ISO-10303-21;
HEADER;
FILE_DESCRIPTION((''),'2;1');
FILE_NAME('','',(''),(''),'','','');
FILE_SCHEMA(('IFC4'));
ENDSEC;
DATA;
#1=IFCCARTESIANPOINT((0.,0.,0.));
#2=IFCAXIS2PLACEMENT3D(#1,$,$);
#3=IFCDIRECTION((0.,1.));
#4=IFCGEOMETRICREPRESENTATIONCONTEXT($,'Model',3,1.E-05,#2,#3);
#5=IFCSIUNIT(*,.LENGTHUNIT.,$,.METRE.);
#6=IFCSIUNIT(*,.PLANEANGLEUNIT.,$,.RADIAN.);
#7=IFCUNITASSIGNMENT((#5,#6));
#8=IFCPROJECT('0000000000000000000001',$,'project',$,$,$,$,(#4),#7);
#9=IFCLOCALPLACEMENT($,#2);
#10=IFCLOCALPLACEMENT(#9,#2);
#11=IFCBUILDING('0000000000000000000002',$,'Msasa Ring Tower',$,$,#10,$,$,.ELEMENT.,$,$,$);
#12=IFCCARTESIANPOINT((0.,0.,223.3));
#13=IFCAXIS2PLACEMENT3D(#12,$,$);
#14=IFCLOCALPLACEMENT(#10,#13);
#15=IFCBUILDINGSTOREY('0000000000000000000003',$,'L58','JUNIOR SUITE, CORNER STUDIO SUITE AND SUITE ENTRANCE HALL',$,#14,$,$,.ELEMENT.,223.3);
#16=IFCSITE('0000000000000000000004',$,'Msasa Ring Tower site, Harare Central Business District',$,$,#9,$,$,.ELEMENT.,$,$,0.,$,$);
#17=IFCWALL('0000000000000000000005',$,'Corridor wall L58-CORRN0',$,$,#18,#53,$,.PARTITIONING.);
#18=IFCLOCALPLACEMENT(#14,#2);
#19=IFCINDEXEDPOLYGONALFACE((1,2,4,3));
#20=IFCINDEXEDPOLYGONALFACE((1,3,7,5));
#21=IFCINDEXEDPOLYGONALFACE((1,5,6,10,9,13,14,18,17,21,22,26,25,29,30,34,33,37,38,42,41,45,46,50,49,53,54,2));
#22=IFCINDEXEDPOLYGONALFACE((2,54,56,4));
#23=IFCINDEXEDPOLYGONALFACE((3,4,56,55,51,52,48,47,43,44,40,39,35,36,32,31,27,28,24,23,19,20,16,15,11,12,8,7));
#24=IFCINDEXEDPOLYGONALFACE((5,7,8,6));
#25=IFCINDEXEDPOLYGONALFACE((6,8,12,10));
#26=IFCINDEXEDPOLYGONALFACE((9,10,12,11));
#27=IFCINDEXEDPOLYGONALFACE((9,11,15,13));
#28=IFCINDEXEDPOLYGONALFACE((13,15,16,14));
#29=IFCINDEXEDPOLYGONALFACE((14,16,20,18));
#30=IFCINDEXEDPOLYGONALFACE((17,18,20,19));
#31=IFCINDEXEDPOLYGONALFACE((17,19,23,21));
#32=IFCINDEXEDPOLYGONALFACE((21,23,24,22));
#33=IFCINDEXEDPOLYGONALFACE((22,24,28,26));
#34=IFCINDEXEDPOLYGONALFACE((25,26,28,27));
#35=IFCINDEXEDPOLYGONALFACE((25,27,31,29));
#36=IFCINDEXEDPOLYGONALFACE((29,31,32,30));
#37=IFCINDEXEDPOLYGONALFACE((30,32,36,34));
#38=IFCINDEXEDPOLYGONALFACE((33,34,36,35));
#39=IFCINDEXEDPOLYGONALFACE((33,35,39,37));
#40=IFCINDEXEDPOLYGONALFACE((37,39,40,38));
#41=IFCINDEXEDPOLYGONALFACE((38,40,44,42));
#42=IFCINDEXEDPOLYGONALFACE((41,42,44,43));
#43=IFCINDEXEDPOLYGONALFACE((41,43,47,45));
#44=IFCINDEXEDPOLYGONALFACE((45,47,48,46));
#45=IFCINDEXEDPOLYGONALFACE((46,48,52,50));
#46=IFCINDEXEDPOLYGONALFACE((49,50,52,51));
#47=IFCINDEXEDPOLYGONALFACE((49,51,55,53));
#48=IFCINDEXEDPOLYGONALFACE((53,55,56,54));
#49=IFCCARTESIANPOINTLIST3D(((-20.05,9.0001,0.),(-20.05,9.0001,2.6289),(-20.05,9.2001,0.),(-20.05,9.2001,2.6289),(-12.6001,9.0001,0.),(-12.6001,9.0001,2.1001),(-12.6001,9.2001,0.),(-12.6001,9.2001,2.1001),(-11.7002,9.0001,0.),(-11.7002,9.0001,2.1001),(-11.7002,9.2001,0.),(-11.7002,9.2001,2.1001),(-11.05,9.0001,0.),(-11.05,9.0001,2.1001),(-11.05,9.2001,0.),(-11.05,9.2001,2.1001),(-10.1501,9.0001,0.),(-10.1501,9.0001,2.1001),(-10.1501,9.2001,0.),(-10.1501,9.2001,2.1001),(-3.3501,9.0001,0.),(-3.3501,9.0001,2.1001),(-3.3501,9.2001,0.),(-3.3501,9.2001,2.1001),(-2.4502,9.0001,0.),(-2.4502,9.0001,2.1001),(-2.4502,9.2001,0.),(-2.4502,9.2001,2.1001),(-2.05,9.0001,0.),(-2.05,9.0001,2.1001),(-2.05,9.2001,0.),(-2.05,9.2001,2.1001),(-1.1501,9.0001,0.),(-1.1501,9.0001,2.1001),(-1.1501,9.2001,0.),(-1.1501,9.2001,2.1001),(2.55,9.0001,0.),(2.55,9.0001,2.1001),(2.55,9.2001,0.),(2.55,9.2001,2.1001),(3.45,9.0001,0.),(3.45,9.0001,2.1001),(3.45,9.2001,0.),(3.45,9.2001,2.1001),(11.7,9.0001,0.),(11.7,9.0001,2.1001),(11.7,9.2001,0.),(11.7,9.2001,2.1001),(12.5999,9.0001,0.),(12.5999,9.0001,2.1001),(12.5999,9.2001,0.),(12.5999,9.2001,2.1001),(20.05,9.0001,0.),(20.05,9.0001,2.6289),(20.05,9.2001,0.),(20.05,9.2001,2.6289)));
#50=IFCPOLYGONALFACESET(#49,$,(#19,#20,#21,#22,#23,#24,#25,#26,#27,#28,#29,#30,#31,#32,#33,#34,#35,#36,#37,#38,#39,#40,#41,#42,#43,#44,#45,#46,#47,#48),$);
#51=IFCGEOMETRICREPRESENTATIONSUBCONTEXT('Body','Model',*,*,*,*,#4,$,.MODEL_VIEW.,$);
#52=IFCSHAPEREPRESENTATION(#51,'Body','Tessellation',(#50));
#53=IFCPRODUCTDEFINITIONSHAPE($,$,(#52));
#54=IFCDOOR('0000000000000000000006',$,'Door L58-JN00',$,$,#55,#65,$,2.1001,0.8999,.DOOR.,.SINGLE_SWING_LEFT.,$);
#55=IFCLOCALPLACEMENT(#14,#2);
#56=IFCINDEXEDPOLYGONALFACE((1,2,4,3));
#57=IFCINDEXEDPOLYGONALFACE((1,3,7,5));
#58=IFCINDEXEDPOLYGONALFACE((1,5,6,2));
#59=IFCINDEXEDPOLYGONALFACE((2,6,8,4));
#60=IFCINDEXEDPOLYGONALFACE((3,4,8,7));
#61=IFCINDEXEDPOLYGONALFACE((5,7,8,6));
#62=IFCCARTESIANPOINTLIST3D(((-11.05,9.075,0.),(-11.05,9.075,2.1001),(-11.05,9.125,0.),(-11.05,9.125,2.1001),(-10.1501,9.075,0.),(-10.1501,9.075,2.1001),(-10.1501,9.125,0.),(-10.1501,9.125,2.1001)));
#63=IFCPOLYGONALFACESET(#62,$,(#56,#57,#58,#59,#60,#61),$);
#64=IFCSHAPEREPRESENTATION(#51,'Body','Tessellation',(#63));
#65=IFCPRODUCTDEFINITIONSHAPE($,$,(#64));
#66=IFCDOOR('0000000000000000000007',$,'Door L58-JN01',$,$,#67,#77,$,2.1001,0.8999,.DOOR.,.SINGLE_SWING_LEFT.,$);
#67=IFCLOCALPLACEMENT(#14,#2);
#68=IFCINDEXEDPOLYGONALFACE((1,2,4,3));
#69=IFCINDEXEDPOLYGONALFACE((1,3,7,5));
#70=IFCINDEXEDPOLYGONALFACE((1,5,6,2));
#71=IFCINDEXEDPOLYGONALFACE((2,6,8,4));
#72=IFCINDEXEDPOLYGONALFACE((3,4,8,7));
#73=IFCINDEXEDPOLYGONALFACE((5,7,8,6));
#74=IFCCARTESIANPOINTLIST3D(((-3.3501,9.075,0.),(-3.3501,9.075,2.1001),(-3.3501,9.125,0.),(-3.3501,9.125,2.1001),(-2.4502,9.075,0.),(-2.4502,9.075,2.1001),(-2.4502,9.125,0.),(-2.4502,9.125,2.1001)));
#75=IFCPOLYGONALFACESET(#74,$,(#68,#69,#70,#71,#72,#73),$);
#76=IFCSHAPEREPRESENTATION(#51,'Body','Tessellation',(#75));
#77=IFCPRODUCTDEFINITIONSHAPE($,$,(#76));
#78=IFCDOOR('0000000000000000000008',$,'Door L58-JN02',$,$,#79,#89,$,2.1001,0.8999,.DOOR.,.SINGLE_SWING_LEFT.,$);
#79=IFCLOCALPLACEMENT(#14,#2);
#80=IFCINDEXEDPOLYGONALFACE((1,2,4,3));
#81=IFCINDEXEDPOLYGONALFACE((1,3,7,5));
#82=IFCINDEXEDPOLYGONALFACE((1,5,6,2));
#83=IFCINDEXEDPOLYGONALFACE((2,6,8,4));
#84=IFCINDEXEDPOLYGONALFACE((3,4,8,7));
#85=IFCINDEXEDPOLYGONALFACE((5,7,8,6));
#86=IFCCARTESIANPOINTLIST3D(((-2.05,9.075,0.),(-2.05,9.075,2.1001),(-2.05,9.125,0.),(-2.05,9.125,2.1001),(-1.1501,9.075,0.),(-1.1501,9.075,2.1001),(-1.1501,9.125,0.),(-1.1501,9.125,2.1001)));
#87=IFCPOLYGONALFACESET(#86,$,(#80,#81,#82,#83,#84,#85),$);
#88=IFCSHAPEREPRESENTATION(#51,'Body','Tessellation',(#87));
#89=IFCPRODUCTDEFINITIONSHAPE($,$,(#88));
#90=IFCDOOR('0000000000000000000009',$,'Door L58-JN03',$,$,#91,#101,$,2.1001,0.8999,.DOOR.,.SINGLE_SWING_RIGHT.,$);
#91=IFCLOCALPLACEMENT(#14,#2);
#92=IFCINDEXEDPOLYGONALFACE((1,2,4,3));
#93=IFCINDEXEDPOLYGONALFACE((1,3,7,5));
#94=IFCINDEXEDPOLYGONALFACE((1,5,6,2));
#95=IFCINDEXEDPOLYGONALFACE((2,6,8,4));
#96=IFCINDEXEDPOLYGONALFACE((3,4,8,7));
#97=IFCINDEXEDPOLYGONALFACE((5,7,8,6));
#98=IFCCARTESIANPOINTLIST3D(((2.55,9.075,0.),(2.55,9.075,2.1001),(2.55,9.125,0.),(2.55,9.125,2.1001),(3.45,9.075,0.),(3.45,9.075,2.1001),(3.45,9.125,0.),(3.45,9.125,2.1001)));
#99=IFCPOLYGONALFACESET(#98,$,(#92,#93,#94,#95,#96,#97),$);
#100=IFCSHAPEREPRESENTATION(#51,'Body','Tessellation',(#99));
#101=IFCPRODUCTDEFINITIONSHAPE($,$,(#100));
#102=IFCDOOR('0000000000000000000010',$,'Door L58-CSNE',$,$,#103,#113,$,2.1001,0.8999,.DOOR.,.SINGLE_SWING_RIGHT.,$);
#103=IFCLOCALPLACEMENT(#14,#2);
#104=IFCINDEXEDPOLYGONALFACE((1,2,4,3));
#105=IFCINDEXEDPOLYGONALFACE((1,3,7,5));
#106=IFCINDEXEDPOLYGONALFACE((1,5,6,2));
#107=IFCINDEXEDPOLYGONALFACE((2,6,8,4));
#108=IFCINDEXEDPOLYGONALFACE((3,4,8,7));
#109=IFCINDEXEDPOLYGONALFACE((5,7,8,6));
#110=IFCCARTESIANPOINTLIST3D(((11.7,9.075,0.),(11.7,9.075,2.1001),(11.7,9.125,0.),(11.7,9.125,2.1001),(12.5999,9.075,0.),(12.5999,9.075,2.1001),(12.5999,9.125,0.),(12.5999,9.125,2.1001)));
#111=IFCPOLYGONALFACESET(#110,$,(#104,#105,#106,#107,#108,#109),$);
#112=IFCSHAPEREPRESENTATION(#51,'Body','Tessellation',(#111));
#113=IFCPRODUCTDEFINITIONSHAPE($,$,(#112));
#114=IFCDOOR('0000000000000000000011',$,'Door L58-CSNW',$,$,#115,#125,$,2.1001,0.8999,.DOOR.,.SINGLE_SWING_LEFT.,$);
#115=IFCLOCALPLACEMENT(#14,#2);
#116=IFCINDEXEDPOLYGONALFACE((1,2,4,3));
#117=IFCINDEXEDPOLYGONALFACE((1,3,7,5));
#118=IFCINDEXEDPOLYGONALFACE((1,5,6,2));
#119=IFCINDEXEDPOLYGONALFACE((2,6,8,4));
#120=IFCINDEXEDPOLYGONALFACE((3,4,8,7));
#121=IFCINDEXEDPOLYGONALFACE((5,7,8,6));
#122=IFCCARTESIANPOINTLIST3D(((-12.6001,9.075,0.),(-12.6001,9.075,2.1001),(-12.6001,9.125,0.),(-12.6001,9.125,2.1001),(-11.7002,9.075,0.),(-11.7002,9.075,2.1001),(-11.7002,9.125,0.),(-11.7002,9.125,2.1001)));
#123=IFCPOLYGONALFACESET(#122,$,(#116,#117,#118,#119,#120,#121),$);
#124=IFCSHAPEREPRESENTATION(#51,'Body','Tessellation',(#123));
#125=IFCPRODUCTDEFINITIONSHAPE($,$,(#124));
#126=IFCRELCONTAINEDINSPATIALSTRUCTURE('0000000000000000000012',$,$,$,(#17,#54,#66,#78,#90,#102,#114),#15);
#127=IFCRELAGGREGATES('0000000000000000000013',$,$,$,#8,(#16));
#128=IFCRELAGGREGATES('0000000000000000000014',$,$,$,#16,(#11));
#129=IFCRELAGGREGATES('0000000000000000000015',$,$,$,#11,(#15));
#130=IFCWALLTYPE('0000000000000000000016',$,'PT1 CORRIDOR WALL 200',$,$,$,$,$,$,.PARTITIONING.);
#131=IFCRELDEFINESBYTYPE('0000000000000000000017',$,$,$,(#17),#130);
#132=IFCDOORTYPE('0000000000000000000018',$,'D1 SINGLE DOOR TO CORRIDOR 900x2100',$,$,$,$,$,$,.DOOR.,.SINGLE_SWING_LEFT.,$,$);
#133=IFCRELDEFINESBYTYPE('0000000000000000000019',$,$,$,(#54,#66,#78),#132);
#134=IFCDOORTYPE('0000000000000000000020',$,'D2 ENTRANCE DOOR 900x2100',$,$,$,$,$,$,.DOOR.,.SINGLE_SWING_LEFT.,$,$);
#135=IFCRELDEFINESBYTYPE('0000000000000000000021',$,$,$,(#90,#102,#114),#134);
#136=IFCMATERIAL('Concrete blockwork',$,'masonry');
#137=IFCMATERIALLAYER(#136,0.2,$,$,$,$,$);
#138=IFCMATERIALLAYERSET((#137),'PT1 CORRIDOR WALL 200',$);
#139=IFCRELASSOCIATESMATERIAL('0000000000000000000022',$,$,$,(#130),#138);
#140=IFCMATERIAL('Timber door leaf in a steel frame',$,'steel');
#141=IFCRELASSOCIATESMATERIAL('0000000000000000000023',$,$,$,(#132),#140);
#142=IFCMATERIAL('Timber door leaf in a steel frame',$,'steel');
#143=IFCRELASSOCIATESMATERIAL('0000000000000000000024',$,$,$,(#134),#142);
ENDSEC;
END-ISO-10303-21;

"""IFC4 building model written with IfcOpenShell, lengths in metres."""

from ifc_helpers import new_model, si_unit, direction, frame, frame_2d, origin, place, context, subcontext, project, spatial, rectangle, extrude, material, layer, layer_set, type_object, element, fill, save


model = new_model("IFC4")

# Units and contexts
model_context = context("Model", 3, precision=1e-05, world=origin(), true_north=direction((0.0, 1.0)))
body_context = subcontext(model_context, "Body", "Model", "MODEL_VIEW")
ifc_project = project(units=[si_unit("LENGTHUNIT", "METRE"), si_unit("PLANEANGLEUNIT", "RADIAN")], contexts=[model_context])

# Site, building, storey
site_placement = place(None, origin())
site = spatial("IfcSite", under=ifc_project, at=site_placement, Name="Msasa Ring Tower site, Harare Central Business District", CompositionType="ELEMENT", RefElevation=0.0)
building_placement = place(site_placement, origin())
building = spatial("IfcBuilding", under=site, at=building_placement, Name="Msasa Ring Tower", CompositionType="ELEMENT")
storey_placement = place(building_placement, frame((0.0, 0.0, 223.3)))
storey = spatial("IfcBuildingStorey", under=building, at=storey_placement, Name="L58", Description="JUNIOR SUITE, CORNER STUDIO SUITE AND SUITE ENTRANCE HALL", CompositionType="ELEMENT", Elevation=223.3)

# Wall, openings, doors
ifc_material_1 = material(Name="Concrete blockwork", Category="masonry")
ifc_layer_1 = layer(ifc_material_1, 0.2)
ifc_layer_set_1 = layer_set([ifc_layer_1], Name="PT1 CORRIDOR WALL 200")
wall_type_1 = type_object("IfcWallType", Name="PT1 CORRIDOR WALL 200", PredefinedType="PARTITIONING", material=ifc_layer_set_1)
wall_1_placement = place(storey_placement, frame((-20.05, 9.1001, 0.0), z_axis=(0.0, 0.0, 1.0), x_axis=(1.0, 0.0, 0.0)))
wall_1 = element("IfcWall", 1, at=wall_1_placement, inside=storey, type_object=wall_type_1, Name="Corridor wall L58-CORRN0", PredefinedType="PARTITIONING", context=body_context, shape_type="SweptSolid", body=[
    extrude(rectangle(XDim=40.1001, YDim=0.2, at=frame_2d((20.05, 0.0))), origin(), (0.0, 0.0, 1.0), 2.6289),
])
opening_1_placement = place(wall_1_placement, frame((9.0, 0.0, 0.0)))
opening_1 = element("IfcOpeningElement", 2, at=opening_1_placement, cuts=wall_1, PredefinedType="OPENING", context=body_context, shape_type="SweptSolid", body=[
    extrude(rectangle(XDim=0.8999, YDim=2.1001, at=frame_2d((0.45, 1.05))), frame((0.0, 0.1099, 0.0), z_axis=(0.0, -1.0, 0.0), x_axis=(1.0, 0.0, 0.0)), (0.0, 0.0, 1.0), 0.22),
])
opening_2_placement = place(wall_1_placement, frame((16.7, 0.0, 0.0)))
opening_2 = element("IfcOpeningElement", 3, at=opening_2_placement, cuts=wall_1, PredefinedType="OPENING", context=body_context, shape_type="SweptSolid", body=[
    extrude(rectangle(XDim=0.8999, YDim=2.1001, at=frame_2d((0.45, 1.05))), frame((0.0, 0.1099, 0.0), z_axis=(0.0, -1.0, 0.0), x_axis=(1.0, 0.0, 0.0)), (0.0, 0.0, 1.0), 0.22),
])
opening_3_placement = place(wall_1_placement, frame((18.0, 0.0, 0.0)))
opening_3 = element("IfcOpeningElement", 4, at=opening_3_placement, cuts=wall_1, PredefinedType="OPENING", context=body_context, shape_type="SweptSolid", body=[
    extrude(rectangle(XDim=0.8999, YDim=2.1001, at=frame_2d((0.45, 1.05))), frame((0.0, 0.1099, 0.0), z_axis=(0.0, -1.0, 0.0), x_axis=(1.0, 0.0, 0.0)), (0.0, 0.0, 1.0), 0.22),
])
opening_4_placement = place(wall_1_placement, frame((22.6001, 0.0, 0.0)))
opening_4 = element("IfcOpeningElement", 5, at=opening_4_placement, cuts=wall_1, PredefinedType="OPENING", context=body_context, shape_type="SweptSolid", body=[
    extrude(rectangle(XDim=0.8999, YDim=2.1001, at=frame_2d((0.45, 1.05))), frame((0.0, 0.1099, 0.0), z_axis=(0.0, -1.0, 0.0), x_axis=(1.0, 0.0, 0.0)), (0.0, 0.0, 1.0), 0.22),
])
opening_5_placement = place(wall_1_placement, frame((31.75, 0.0, 0.0)))
opening_5 = element("IfcOpeningElement", 6, at=opening_5_placement, cuts=wall_1, PredefinedType="OPENING", context=body_context, shape_type="SweptSolid", body=[
    extrude(rectangle(XDim=0.8999, YDim=2.1001, at=frame_2d((0.45, 1.05))), frame((0.0, 0.1099, 0.0), z_axis=(0.0, -1.0, 0.0), x_axis=(1.0, 0.0, 0.0)), (0.0, 0.0, 1.0), 0.22),
])
opening_6_placement = place(wall_1_placement, frame((7.45, 0.0, 0.0)))
opening_6 = element("IfcOpeningElement", 7, at=opening_6_placement, cuts=wall_1, PredefinedType="OPENING", context=body_context, shape_type="SweptSolid", body=[
    extrude(rectangle(XDim=0.8999, YDim=2.1001, at=frame_2d((0.45, 1.05))), frame((0.0, 0.1099, 0.0), z_axis=(0.0, -1.0, 0.0), x_axis=(1.0, 0.0, 0.0)), (0.0, 0.0, 1.0), 0.22),
])
ifc_material_2 = material(Name="Timber door leaf in a steel frame", Category="steel")
door_type_1 = type_object("IfcDoorType", Name="D1 SINGLE DOOR TO CORRIDOR 900x2100", OperationType="SINGLE_SWING_LEFT", PredefinedType="DOOR", material=ifc_material_2)
door_1_placement = place(opening_1_placement, origin())
door_1 = element("IfcDoor", 8, at=door_1_placement, inside=storey, type_object=door_type_1, Name="Door L58-JN00", OperationType="SINGLE_SWING_LEFT", OverallHeight=2.1001, OverallWidth=0.8999, PredefinedType="DOOR", context=body_context, shape_type="SweptSolid", body=[
    extrude(rectangle(XDim=0.8999, YDim=2.1001, at=frame_2d((0.45, 1.05))), frame((0.0, 0.0249, 0.0), z_axis=(0.0, -1.0, 0.0), x_axis=(1.0, 0.0, 0.0)), (0.0, 0.0, 1.0), 0.05),
])
fill(opening_1, door_1)
door_2_placement = place(opening_2_placement, origin())
door_2 = element("IfcDoor", 9, at=door_2_placement, inside=storey, type_object=door_type_1, Name="Door L58-JN01", OperationType="SINGLE_SWING_LEFT", OverallHeight=2.1001, OverallWidth=0.8999, PredefinedType="DOOR", context=body_context, shape_type="SweptSolid", body=[
    extrude(rectangle(XDim=0.8999, YDim=2.1001, at=frame_2d((0.45, 1.05))), frame((0.0, 0.0249, 0.0), z_axis=(0.0, -1.0, 0.0), x_axis=(1.0, 0.0, 0.0)), (0.0, 0.0, 1.0), 0.05),
])
fill(opening_2, door_2)
door_3_placement = place(opening_3_placement, origin())
door_3 = element("IfcDoor", 10, at=door_3_placement, inside=storey, type_object=door_type_1, Name="Door L58-JN02", OperationType="SINGLE_SWING_LEFT", OverallHeight=2.1001, OverallWidth=0.8999, PredefinedType="DOOR", context=body_context, shape_type="SweptSolid", body=[
    extrude(rectangle(XDim=0.8999, YDim=2.1001, at=frame_2d((0.45, 1.05))), frame((0.0, 0.0249, 0.0), z_axis=(0.0, -1.0, 0.0), x_axis=(1.0, 0.0, 0.0)), (0.0, 0.0, 1.0), 0.05),
])
fill(opening_3, door_3)
ifc_material_3 = material(Name="Timber door leaf in a steel frame", Category="steel")
door_type_2 = type_object("IfcDoorType", Name="D2 ENTRANCE DOOR 900x2100", OperationType="SINGLE_SWING_LEFT", PredefinedType="DOOR", material=ifc_material_3)
door_4_placement = place(opening_4_placement, origin())
door_4 = element("IfcDoor", 11, at=door_4_placement, inside=storey, type_object=door_type_2, Name="Door L58-JN03", OperationType="SINGLE_SWING_RIGHT", OverallHeight=2.1001, OverallWidth=0.8999, PredefinedType="DOOR", context=body_context, shape_type="SweptSolid", body=[
    extrude(rectangle(XDim=0.8999, YDim=2.1001, at=frame_2d((0.45, 1.05))), frame((0.0, 0.0249, 0.0), z_axis=(0.0, -1.0, 0.0), x_axis=(1.0, 0.0, 0.0)), (0.0, 0.0, 1.0), 0.05),
])
fill(opening_4, door_4)
door_5_placement = place(opening_5_placement, origin())
door_5 = element("IfcDoor", 12, at=door_5_placement, inside=storey, type_object=door_type_2, Name="Door L58-CSNE", OperationType="SINGLE_SWING_RIGHT", OverallHeight=2.1001, OverallWidth=0.8999, PredefinedType="DOOR", context=body_context, shape_type="SweptSolid", body=[
    extrude(rectangle(XDim=0.8999, YDim=2.1001, at=frame_2d((0.45, 1.05))), frame((0.0, 0.0249, 0.0), z_axis=(0.0, -1.0, 0.0), x_axis=(1.0, 0.0, 0.0)), (0.0, 0.0, 1.0), 0.05),
])
fill(opening_5, door_5)
door_6_placement = place(opening_6_placement, origin())
door_6 = element("IfcDoor", 13, at=door_6_placement, inside=storey, type_object=door_type_2, Name="Door L58-CSNW", OperationType="SINGLE_SWING_LEFT", OverallHeight=2.1001, OverallWidth=0.8999, PredefinedType="DOOR", context=body_context, shape_type="SweptSolid", body=[
    extrude(rectangle(XDim=0.8999, YDim=2.1001, at=frame_2d((0.45, 1.05))), frame((0.0, 0.0249, 0.0), z_axis=(0.0, -1.0, 0.0), x_axis=(1.0, 0.0, 0.0)), (0.0, 0.0, 1.0), 0.05),
])
fill(opening_6, door_6)

save(model, "model.ifc")
